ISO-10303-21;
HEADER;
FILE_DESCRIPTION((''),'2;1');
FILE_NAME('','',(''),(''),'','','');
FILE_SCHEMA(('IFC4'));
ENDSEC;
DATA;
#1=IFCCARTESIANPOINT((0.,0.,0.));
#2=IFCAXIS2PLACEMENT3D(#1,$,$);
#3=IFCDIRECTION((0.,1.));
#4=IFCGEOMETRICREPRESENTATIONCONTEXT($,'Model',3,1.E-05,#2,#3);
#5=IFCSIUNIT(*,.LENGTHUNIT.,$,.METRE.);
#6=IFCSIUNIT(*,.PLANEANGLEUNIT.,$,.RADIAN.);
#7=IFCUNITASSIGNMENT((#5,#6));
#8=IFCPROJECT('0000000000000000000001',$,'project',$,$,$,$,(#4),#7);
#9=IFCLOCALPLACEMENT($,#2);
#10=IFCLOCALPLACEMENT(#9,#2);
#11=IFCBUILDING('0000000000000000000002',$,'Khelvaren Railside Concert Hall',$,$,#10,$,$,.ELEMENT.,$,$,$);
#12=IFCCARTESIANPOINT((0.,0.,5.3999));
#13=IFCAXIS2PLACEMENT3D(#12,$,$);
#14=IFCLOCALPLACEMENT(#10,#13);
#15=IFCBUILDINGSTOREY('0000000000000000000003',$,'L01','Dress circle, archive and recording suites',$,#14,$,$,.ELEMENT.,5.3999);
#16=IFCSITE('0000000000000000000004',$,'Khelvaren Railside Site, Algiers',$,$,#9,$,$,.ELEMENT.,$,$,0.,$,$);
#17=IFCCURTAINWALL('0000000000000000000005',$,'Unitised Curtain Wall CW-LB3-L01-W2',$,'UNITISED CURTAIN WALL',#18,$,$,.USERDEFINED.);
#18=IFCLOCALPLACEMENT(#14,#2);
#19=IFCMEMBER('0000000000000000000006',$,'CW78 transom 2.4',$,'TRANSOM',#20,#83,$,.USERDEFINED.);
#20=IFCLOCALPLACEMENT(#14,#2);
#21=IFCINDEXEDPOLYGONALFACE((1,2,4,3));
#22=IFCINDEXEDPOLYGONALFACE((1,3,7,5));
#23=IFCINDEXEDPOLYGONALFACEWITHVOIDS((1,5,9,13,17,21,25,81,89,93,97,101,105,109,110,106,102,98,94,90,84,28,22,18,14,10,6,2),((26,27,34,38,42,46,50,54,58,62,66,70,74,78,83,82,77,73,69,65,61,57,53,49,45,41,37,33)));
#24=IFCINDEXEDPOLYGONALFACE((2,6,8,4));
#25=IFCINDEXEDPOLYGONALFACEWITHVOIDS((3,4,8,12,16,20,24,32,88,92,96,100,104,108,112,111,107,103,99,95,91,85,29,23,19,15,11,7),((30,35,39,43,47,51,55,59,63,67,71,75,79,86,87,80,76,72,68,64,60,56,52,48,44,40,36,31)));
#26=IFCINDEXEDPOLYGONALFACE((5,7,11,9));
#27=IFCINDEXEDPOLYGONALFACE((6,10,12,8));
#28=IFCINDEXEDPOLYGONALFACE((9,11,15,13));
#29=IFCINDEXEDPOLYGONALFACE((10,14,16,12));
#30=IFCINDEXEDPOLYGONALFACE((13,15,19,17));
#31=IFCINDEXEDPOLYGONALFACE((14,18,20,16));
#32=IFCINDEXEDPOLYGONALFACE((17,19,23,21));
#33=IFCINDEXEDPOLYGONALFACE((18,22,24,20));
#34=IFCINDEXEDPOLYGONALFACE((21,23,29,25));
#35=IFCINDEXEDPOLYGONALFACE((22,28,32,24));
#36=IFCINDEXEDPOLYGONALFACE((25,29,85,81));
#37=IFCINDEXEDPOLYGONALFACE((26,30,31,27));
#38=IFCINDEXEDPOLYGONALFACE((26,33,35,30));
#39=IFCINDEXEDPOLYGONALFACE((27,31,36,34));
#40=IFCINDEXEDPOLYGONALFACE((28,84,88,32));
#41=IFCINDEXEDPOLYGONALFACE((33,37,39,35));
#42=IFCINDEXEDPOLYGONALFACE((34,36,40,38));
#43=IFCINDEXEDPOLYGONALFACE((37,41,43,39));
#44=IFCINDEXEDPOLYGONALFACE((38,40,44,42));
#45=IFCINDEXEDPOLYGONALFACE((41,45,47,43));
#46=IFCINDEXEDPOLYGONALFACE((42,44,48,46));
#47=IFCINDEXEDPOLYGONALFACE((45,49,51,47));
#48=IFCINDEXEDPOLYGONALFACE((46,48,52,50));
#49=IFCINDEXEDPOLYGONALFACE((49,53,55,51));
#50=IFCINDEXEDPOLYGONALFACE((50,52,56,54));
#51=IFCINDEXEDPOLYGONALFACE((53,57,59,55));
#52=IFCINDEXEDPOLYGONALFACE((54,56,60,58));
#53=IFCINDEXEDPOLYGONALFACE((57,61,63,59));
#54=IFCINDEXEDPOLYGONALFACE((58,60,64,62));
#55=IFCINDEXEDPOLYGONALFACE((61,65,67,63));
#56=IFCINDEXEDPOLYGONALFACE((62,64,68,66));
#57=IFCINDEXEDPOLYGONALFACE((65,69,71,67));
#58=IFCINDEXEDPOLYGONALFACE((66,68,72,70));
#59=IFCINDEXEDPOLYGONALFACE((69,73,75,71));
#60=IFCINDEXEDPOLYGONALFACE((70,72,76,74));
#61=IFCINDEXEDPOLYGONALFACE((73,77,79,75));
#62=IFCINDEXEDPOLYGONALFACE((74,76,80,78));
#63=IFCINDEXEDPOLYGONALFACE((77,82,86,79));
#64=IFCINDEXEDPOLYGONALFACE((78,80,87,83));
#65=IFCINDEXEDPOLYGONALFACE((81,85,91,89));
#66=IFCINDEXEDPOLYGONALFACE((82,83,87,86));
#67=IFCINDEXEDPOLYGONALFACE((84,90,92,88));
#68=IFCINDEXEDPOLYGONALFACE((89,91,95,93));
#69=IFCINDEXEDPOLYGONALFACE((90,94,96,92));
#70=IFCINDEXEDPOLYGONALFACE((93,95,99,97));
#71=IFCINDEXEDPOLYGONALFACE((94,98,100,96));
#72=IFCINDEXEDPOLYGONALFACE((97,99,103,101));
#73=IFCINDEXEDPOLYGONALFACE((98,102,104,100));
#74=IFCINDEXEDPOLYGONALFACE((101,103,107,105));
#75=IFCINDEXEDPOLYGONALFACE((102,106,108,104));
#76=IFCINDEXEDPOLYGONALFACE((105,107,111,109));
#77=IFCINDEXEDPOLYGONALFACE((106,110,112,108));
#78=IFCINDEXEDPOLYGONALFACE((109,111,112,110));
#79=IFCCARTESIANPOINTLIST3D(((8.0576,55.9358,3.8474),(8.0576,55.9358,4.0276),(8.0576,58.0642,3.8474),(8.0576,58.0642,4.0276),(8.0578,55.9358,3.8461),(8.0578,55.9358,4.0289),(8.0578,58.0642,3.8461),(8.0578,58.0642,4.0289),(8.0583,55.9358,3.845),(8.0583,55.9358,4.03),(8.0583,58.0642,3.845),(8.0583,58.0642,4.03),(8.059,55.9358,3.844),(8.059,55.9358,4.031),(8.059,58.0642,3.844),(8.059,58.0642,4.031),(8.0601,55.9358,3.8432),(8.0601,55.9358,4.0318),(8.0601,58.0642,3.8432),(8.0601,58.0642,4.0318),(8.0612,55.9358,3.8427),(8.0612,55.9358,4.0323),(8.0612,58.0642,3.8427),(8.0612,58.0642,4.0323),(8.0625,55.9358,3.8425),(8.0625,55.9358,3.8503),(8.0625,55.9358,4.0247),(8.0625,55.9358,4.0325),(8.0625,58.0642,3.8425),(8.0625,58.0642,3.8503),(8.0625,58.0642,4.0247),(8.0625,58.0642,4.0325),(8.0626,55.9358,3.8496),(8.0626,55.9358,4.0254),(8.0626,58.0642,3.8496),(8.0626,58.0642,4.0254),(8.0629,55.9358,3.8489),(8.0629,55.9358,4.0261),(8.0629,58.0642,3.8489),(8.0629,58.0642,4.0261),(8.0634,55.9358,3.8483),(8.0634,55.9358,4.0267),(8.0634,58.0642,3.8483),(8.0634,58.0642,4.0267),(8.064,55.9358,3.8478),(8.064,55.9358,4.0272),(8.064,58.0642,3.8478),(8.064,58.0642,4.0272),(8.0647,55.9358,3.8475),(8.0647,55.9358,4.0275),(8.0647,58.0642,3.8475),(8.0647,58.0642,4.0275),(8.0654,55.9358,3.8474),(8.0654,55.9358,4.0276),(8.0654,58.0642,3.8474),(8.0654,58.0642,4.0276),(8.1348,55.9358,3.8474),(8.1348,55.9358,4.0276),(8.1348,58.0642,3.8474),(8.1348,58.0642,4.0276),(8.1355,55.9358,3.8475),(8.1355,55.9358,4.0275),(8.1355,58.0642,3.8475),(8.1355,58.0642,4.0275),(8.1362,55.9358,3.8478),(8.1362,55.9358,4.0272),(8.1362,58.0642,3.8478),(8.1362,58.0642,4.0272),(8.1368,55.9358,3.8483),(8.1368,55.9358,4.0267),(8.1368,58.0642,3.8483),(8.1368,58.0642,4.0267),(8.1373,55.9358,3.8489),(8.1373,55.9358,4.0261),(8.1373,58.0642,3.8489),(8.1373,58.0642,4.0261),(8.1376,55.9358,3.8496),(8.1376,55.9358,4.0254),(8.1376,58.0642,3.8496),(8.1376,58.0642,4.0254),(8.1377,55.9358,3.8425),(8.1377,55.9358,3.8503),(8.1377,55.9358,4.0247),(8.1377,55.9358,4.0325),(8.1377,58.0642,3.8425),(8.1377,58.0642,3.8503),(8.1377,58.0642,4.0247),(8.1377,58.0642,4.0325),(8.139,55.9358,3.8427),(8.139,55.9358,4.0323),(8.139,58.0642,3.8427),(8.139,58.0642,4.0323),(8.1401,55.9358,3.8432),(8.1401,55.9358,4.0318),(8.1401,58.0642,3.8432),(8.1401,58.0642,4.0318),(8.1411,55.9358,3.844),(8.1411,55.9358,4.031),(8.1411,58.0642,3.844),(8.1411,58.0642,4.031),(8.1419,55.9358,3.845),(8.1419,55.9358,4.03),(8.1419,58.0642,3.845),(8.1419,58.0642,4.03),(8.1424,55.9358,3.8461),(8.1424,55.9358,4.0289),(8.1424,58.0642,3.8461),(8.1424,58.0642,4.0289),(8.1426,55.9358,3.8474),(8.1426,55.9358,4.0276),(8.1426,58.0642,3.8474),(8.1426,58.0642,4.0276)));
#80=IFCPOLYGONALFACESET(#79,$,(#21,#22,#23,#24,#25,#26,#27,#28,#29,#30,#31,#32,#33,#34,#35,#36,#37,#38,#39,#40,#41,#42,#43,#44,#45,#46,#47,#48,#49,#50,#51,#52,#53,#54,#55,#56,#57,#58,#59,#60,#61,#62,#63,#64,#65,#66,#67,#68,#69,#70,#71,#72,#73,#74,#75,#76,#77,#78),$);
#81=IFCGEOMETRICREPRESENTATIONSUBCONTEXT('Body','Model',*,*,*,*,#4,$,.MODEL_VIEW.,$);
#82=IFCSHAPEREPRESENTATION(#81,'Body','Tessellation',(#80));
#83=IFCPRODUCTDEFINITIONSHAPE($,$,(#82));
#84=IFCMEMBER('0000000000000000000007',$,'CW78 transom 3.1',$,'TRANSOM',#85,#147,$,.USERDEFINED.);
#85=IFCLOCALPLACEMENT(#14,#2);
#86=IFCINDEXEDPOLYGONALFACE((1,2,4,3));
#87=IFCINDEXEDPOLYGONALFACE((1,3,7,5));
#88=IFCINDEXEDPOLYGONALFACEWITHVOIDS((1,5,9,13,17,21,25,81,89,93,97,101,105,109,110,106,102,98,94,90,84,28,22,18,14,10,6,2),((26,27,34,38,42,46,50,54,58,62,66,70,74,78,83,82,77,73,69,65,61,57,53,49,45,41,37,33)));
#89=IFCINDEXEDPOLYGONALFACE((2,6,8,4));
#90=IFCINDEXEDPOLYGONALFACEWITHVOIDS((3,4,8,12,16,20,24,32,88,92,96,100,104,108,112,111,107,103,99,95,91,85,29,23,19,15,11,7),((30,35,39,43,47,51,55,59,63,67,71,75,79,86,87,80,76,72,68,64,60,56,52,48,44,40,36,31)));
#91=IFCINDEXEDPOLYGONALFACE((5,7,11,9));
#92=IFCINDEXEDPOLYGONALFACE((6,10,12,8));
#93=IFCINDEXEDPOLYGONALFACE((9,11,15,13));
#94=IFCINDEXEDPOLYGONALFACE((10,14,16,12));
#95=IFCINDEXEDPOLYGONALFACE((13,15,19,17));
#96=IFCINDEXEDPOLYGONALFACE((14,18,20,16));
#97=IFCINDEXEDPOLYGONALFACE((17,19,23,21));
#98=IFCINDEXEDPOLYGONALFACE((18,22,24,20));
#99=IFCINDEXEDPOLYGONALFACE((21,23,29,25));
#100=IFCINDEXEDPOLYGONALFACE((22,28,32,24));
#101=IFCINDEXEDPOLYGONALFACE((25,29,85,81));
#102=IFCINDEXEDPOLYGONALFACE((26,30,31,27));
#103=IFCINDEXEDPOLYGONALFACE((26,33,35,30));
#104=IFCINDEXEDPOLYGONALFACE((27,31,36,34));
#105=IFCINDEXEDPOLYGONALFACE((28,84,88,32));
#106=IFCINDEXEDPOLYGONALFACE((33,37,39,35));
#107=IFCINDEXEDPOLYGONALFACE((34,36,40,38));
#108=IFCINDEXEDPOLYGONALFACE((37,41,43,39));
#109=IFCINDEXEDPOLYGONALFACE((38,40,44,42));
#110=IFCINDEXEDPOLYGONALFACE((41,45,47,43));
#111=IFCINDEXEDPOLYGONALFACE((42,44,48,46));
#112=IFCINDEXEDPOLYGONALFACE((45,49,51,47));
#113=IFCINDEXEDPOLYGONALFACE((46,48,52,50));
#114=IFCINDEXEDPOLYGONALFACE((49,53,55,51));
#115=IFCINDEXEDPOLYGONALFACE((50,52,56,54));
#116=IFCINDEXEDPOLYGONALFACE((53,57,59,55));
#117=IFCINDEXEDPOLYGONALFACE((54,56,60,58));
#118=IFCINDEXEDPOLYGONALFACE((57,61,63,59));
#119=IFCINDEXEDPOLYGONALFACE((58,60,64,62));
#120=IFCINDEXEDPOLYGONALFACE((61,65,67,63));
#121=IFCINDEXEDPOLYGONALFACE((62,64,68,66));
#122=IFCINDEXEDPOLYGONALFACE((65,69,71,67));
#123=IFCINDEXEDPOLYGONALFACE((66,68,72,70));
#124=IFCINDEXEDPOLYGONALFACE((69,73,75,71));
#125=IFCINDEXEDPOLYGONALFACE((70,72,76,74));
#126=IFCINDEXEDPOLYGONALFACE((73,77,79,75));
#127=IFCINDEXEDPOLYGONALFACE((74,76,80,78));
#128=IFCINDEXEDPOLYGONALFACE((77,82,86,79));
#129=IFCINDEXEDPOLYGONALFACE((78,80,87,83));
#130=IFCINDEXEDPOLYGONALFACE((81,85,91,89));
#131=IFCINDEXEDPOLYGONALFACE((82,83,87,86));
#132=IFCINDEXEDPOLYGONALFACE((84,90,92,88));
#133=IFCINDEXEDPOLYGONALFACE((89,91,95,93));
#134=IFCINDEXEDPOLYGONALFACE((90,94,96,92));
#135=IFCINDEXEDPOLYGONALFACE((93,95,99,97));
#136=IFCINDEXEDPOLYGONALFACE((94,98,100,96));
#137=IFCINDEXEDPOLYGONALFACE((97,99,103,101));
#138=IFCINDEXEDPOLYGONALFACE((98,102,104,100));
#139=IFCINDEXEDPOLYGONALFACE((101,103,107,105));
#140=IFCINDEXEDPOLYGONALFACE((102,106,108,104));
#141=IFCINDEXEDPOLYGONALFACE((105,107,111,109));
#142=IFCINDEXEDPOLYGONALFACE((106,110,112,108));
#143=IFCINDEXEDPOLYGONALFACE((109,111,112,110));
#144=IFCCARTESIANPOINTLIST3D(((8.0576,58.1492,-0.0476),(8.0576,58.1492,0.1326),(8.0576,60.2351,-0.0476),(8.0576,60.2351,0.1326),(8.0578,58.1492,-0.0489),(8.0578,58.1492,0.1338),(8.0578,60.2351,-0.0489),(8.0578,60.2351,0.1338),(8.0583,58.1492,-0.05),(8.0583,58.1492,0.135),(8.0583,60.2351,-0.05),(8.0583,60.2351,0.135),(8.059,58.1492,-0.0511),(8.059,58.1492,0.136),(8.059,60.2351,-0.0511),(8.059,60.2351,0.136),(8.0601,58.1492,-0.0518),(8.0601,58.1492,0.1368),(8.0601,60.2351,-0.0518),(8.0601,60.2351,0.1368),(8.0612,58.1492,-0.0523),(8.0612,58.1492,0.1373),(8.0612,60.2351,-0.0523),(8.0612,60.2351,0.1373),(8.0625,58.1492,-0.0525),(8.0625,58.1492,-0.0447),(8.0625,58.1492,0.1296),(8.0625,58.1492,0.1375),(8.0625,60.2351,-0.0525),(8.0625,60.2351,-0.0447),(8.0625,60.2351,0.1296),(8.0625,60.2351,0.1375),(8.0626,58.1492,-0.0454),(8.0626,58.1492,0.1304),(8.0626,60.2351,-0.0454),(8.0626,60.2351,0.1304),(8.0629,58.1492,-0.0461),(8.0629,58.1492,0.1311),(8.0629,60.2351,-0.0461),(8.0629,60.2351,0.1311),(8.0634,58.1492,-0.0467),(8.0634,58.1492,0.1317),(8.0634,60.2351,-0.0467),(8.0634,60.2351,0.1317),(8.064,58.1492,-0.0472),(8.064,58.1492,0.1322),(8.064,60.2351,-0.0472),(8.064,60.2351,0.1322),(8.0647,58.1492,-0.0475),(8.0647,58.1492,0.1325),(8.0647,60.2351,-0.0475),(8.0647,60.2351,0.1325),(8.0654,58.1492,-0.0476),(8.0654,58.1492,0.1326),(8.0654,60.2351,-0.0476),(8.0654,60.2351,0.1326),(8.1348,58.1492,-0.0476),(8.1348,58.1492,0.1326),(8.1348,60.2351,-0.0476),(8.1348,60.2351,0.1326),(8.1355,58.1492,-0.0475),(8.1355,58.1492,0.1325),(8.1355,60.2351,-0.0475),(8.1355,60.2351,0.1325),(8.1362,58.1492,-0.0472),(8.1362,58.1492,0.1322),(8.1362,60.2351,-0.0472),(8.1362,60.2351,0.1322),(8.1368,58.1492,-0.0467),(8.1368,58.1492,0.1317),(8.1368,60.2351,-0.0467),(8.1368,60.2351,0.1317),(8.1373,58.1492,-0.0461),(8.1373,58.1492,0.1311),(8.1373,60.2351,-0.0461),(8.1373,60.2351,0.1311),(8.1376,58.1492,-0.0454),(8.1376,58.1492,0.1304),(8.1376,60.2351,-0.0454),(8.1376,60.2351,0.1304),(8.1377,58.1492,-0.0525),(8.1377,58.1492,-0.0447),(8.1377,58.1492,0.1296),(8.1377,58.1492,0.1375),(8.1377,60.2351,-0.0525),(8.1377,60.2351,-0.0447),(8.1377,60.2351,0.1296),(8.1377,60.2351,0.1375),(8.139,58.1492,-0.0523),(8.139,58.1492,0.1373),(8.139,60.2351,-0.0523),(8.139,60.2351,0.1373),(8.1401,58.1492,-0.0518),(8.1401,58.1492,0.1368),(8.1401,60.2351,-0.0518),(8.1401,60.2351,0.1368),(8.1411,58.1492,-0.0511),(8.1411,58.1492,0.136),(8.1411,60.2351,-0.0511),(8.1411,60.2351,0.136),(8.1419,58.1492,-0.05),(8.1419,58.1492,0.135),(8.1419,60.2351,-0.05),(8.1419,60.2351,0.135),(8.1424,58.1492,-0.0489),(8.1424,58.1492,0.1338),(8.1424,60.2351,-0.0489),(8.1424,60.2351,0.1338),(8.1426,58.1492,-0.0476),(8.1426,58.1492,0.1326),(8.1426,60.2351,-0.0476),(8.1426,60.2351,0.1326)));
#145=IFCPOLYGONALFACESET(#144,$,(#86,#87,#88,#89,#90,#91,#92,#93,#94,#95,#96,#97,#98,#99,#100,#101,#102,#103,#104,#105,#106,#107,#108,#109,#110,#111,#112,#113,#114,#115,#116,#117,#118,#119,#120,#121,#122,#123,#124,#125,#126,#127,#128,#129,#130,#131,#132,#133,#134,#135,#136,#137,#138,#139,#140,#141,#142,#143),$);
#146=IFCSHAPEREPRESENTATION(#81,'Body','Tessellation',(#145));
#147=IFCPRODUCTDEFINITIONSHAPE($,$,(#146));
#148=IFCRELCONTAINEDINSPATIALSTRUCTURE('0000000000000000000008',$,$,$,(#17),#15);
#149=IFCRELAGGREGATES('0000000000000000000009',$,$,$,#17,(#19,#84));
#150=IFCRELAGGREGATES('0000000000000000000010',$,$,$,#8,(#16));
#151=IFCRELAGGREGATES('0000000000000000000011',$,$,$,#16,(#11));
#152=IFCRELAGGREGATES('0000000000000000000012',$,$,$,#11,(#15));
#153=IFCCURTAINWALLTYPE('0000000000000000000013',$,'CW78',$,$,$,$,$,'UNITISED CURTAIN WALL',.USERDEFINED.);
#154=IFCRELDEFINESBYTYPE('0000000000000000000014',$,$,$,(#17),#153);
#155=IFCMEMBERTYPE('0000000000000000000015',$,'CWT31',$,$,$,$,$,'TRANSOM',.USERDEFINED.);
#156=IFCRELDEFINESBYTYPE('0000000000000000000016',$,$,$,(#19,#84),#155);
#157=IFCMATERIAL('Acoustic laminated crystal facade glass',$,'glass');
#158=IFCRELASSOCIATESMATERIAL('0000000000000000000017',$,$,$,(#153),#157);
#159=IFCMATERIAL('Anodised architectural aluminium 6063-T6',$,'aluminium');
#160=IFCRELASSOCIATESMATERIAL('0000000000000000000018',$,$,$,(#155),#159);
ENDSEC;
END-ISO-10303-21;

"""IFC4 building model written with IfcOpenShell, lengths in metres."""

from ifc_helpers import new_model, si_unit, direction, frame, origin, origin_2d, place, context, subcontext, project, spatial, hollow_rectangle, extrude, material, material_profile, profile_set, type_object, element, aggregate, save


model = new_model("IFC4")

# Units and contexts
model_context = context("Model", 3, precision=1e-05, world=origin(), true_north=direction((0.0, 1.0)))
body_context = subcontext(model_context, "Body", "Model", "MODEL_VIEW")
ifc_project = project(units=[si_unit("LENGTHUNIT", "METRE"), si_unit("PLANEANGLEUNIT", "RADIAN")], contexts=[model_context])

# Site, building, storey
site_placement = place(None, origin())
site = spatial("IfcSite", under=ifc_project, at=site_placement, Name="Khelvaren Railside Site, Algiers", CompositionType="ELEMENT", RefElevation=0.0)
building_placement = place(site_placement, origin())
building = spatial("IfcBuilding", under=site, at=building_placement, Name="Khelvaren Railside Concert Hall", CompositionType="ELEMENT")
storey_placement = place(building_placement, frame((0.0, 0.0, 5.3999)))
storey = spatial("IfcBuildingStorey", under=building, at=storey_placement, Name="L01", Description="Dress circle, archive and recording suites", CompositionType="ELEMENT", Elevation=5.3999)

# Curtain wall
ifc_material_1 = material(Name="Acoustic laminated crystal facade glass", Category="glass")
curtain_wall_type = type_object("IfcCurtainWallType", Name="CW78", ElementType="UNITISED CURTAIN WALL", PredefinedType="USERDEFINED", material=ifc_material_1)
curtain_wall_1_placement = place(storey_placement, origin())
curtain_wall_1 = element("IfcCurtainWall", 1, at=curtain_wall_1_placement, inside=storey, type_object=curtain_wall_type, Name="Unitised Curtain Wall CW-LB3-L01-W2", ObjectType="UNITISED CURTAIN WALL", PredefinedType="USERDEFINED")
ifc_material_2 = material(Name="Anodised architectural aluminium 6063-T6", Category="aluminium")

# Members
ifc_material_profile_1 = material_profile(ifc_material_2, hollow_rectangle(XDim=0.085, YDim=0.1899, WallThickness=0.0049, InnerFilletRadius=0.0029, OuterFilletRadius=0.0049, at=origin_2d()), Name="CWT 85x190x5")
ifc_profile_set_1 = profile_set([ifc_material_profile_1], Name="Anodised architectural aluminium 6063-T6")
member_type_1 = type_object("IfcMemberType", Name="CWT31", ElementType="TRANSOM", PredefinedType="USERDEFINED", material=ifc_profile_set_1)
member_1_placement = place(storey_placement, frame((8.1001, 55.9358, 3.9375), z_axis=(0.0, 1.0, 0.0), x_axis=(-1.0, 0.0, 0.0)))
member_1 = element("IfcMember", 2, at=member_1_placement, type_object=member_type_1, Name="CW78 transom 2.4", ObjectType="TRANSOM", PredefinedType="USERDEFINED", context=body_context, shape_type="SweptSolid", body=[
    extrude(hollow_rectangle(XDim=0.085, YDim=0.1899, WallThickness=0.0049, InnerFilletRadius=0.0029, OuterFilletRadius=0.0049, at=origin_2d()), origin(), (0.0, 0.0, 1.0), 2.1284),
])
member_2_placement = place(storey_placement, frame((8.1001, 58.1492, 0.0425), z_axis=(0.0, 1.0, 0.0), x_axis=(-1.0, 0.0, 0.0)))
member_2 = element("IfcMember", 3, at=member_2_placement, type_object=member_type_1, Name="CW78 transom 3.1", ObjectType="TRANSOM", PredefinedType="USERDEFINED", context=body_context, shape_type="SweptSolid", body=[
    extrude(hollow_rectangle(XDim=0.085, YDim=0.1899, WallThickness=0.0049, InnerFilletRadius=0.0029, OuterFilletRadius=0.0049, at=origin_2d()), origin(), (0.0, 0.0, 1.0), 2.0859),
])

aggregate(curtain_wall_1, [member_1, member_2])

save(model, "model.ifc")
